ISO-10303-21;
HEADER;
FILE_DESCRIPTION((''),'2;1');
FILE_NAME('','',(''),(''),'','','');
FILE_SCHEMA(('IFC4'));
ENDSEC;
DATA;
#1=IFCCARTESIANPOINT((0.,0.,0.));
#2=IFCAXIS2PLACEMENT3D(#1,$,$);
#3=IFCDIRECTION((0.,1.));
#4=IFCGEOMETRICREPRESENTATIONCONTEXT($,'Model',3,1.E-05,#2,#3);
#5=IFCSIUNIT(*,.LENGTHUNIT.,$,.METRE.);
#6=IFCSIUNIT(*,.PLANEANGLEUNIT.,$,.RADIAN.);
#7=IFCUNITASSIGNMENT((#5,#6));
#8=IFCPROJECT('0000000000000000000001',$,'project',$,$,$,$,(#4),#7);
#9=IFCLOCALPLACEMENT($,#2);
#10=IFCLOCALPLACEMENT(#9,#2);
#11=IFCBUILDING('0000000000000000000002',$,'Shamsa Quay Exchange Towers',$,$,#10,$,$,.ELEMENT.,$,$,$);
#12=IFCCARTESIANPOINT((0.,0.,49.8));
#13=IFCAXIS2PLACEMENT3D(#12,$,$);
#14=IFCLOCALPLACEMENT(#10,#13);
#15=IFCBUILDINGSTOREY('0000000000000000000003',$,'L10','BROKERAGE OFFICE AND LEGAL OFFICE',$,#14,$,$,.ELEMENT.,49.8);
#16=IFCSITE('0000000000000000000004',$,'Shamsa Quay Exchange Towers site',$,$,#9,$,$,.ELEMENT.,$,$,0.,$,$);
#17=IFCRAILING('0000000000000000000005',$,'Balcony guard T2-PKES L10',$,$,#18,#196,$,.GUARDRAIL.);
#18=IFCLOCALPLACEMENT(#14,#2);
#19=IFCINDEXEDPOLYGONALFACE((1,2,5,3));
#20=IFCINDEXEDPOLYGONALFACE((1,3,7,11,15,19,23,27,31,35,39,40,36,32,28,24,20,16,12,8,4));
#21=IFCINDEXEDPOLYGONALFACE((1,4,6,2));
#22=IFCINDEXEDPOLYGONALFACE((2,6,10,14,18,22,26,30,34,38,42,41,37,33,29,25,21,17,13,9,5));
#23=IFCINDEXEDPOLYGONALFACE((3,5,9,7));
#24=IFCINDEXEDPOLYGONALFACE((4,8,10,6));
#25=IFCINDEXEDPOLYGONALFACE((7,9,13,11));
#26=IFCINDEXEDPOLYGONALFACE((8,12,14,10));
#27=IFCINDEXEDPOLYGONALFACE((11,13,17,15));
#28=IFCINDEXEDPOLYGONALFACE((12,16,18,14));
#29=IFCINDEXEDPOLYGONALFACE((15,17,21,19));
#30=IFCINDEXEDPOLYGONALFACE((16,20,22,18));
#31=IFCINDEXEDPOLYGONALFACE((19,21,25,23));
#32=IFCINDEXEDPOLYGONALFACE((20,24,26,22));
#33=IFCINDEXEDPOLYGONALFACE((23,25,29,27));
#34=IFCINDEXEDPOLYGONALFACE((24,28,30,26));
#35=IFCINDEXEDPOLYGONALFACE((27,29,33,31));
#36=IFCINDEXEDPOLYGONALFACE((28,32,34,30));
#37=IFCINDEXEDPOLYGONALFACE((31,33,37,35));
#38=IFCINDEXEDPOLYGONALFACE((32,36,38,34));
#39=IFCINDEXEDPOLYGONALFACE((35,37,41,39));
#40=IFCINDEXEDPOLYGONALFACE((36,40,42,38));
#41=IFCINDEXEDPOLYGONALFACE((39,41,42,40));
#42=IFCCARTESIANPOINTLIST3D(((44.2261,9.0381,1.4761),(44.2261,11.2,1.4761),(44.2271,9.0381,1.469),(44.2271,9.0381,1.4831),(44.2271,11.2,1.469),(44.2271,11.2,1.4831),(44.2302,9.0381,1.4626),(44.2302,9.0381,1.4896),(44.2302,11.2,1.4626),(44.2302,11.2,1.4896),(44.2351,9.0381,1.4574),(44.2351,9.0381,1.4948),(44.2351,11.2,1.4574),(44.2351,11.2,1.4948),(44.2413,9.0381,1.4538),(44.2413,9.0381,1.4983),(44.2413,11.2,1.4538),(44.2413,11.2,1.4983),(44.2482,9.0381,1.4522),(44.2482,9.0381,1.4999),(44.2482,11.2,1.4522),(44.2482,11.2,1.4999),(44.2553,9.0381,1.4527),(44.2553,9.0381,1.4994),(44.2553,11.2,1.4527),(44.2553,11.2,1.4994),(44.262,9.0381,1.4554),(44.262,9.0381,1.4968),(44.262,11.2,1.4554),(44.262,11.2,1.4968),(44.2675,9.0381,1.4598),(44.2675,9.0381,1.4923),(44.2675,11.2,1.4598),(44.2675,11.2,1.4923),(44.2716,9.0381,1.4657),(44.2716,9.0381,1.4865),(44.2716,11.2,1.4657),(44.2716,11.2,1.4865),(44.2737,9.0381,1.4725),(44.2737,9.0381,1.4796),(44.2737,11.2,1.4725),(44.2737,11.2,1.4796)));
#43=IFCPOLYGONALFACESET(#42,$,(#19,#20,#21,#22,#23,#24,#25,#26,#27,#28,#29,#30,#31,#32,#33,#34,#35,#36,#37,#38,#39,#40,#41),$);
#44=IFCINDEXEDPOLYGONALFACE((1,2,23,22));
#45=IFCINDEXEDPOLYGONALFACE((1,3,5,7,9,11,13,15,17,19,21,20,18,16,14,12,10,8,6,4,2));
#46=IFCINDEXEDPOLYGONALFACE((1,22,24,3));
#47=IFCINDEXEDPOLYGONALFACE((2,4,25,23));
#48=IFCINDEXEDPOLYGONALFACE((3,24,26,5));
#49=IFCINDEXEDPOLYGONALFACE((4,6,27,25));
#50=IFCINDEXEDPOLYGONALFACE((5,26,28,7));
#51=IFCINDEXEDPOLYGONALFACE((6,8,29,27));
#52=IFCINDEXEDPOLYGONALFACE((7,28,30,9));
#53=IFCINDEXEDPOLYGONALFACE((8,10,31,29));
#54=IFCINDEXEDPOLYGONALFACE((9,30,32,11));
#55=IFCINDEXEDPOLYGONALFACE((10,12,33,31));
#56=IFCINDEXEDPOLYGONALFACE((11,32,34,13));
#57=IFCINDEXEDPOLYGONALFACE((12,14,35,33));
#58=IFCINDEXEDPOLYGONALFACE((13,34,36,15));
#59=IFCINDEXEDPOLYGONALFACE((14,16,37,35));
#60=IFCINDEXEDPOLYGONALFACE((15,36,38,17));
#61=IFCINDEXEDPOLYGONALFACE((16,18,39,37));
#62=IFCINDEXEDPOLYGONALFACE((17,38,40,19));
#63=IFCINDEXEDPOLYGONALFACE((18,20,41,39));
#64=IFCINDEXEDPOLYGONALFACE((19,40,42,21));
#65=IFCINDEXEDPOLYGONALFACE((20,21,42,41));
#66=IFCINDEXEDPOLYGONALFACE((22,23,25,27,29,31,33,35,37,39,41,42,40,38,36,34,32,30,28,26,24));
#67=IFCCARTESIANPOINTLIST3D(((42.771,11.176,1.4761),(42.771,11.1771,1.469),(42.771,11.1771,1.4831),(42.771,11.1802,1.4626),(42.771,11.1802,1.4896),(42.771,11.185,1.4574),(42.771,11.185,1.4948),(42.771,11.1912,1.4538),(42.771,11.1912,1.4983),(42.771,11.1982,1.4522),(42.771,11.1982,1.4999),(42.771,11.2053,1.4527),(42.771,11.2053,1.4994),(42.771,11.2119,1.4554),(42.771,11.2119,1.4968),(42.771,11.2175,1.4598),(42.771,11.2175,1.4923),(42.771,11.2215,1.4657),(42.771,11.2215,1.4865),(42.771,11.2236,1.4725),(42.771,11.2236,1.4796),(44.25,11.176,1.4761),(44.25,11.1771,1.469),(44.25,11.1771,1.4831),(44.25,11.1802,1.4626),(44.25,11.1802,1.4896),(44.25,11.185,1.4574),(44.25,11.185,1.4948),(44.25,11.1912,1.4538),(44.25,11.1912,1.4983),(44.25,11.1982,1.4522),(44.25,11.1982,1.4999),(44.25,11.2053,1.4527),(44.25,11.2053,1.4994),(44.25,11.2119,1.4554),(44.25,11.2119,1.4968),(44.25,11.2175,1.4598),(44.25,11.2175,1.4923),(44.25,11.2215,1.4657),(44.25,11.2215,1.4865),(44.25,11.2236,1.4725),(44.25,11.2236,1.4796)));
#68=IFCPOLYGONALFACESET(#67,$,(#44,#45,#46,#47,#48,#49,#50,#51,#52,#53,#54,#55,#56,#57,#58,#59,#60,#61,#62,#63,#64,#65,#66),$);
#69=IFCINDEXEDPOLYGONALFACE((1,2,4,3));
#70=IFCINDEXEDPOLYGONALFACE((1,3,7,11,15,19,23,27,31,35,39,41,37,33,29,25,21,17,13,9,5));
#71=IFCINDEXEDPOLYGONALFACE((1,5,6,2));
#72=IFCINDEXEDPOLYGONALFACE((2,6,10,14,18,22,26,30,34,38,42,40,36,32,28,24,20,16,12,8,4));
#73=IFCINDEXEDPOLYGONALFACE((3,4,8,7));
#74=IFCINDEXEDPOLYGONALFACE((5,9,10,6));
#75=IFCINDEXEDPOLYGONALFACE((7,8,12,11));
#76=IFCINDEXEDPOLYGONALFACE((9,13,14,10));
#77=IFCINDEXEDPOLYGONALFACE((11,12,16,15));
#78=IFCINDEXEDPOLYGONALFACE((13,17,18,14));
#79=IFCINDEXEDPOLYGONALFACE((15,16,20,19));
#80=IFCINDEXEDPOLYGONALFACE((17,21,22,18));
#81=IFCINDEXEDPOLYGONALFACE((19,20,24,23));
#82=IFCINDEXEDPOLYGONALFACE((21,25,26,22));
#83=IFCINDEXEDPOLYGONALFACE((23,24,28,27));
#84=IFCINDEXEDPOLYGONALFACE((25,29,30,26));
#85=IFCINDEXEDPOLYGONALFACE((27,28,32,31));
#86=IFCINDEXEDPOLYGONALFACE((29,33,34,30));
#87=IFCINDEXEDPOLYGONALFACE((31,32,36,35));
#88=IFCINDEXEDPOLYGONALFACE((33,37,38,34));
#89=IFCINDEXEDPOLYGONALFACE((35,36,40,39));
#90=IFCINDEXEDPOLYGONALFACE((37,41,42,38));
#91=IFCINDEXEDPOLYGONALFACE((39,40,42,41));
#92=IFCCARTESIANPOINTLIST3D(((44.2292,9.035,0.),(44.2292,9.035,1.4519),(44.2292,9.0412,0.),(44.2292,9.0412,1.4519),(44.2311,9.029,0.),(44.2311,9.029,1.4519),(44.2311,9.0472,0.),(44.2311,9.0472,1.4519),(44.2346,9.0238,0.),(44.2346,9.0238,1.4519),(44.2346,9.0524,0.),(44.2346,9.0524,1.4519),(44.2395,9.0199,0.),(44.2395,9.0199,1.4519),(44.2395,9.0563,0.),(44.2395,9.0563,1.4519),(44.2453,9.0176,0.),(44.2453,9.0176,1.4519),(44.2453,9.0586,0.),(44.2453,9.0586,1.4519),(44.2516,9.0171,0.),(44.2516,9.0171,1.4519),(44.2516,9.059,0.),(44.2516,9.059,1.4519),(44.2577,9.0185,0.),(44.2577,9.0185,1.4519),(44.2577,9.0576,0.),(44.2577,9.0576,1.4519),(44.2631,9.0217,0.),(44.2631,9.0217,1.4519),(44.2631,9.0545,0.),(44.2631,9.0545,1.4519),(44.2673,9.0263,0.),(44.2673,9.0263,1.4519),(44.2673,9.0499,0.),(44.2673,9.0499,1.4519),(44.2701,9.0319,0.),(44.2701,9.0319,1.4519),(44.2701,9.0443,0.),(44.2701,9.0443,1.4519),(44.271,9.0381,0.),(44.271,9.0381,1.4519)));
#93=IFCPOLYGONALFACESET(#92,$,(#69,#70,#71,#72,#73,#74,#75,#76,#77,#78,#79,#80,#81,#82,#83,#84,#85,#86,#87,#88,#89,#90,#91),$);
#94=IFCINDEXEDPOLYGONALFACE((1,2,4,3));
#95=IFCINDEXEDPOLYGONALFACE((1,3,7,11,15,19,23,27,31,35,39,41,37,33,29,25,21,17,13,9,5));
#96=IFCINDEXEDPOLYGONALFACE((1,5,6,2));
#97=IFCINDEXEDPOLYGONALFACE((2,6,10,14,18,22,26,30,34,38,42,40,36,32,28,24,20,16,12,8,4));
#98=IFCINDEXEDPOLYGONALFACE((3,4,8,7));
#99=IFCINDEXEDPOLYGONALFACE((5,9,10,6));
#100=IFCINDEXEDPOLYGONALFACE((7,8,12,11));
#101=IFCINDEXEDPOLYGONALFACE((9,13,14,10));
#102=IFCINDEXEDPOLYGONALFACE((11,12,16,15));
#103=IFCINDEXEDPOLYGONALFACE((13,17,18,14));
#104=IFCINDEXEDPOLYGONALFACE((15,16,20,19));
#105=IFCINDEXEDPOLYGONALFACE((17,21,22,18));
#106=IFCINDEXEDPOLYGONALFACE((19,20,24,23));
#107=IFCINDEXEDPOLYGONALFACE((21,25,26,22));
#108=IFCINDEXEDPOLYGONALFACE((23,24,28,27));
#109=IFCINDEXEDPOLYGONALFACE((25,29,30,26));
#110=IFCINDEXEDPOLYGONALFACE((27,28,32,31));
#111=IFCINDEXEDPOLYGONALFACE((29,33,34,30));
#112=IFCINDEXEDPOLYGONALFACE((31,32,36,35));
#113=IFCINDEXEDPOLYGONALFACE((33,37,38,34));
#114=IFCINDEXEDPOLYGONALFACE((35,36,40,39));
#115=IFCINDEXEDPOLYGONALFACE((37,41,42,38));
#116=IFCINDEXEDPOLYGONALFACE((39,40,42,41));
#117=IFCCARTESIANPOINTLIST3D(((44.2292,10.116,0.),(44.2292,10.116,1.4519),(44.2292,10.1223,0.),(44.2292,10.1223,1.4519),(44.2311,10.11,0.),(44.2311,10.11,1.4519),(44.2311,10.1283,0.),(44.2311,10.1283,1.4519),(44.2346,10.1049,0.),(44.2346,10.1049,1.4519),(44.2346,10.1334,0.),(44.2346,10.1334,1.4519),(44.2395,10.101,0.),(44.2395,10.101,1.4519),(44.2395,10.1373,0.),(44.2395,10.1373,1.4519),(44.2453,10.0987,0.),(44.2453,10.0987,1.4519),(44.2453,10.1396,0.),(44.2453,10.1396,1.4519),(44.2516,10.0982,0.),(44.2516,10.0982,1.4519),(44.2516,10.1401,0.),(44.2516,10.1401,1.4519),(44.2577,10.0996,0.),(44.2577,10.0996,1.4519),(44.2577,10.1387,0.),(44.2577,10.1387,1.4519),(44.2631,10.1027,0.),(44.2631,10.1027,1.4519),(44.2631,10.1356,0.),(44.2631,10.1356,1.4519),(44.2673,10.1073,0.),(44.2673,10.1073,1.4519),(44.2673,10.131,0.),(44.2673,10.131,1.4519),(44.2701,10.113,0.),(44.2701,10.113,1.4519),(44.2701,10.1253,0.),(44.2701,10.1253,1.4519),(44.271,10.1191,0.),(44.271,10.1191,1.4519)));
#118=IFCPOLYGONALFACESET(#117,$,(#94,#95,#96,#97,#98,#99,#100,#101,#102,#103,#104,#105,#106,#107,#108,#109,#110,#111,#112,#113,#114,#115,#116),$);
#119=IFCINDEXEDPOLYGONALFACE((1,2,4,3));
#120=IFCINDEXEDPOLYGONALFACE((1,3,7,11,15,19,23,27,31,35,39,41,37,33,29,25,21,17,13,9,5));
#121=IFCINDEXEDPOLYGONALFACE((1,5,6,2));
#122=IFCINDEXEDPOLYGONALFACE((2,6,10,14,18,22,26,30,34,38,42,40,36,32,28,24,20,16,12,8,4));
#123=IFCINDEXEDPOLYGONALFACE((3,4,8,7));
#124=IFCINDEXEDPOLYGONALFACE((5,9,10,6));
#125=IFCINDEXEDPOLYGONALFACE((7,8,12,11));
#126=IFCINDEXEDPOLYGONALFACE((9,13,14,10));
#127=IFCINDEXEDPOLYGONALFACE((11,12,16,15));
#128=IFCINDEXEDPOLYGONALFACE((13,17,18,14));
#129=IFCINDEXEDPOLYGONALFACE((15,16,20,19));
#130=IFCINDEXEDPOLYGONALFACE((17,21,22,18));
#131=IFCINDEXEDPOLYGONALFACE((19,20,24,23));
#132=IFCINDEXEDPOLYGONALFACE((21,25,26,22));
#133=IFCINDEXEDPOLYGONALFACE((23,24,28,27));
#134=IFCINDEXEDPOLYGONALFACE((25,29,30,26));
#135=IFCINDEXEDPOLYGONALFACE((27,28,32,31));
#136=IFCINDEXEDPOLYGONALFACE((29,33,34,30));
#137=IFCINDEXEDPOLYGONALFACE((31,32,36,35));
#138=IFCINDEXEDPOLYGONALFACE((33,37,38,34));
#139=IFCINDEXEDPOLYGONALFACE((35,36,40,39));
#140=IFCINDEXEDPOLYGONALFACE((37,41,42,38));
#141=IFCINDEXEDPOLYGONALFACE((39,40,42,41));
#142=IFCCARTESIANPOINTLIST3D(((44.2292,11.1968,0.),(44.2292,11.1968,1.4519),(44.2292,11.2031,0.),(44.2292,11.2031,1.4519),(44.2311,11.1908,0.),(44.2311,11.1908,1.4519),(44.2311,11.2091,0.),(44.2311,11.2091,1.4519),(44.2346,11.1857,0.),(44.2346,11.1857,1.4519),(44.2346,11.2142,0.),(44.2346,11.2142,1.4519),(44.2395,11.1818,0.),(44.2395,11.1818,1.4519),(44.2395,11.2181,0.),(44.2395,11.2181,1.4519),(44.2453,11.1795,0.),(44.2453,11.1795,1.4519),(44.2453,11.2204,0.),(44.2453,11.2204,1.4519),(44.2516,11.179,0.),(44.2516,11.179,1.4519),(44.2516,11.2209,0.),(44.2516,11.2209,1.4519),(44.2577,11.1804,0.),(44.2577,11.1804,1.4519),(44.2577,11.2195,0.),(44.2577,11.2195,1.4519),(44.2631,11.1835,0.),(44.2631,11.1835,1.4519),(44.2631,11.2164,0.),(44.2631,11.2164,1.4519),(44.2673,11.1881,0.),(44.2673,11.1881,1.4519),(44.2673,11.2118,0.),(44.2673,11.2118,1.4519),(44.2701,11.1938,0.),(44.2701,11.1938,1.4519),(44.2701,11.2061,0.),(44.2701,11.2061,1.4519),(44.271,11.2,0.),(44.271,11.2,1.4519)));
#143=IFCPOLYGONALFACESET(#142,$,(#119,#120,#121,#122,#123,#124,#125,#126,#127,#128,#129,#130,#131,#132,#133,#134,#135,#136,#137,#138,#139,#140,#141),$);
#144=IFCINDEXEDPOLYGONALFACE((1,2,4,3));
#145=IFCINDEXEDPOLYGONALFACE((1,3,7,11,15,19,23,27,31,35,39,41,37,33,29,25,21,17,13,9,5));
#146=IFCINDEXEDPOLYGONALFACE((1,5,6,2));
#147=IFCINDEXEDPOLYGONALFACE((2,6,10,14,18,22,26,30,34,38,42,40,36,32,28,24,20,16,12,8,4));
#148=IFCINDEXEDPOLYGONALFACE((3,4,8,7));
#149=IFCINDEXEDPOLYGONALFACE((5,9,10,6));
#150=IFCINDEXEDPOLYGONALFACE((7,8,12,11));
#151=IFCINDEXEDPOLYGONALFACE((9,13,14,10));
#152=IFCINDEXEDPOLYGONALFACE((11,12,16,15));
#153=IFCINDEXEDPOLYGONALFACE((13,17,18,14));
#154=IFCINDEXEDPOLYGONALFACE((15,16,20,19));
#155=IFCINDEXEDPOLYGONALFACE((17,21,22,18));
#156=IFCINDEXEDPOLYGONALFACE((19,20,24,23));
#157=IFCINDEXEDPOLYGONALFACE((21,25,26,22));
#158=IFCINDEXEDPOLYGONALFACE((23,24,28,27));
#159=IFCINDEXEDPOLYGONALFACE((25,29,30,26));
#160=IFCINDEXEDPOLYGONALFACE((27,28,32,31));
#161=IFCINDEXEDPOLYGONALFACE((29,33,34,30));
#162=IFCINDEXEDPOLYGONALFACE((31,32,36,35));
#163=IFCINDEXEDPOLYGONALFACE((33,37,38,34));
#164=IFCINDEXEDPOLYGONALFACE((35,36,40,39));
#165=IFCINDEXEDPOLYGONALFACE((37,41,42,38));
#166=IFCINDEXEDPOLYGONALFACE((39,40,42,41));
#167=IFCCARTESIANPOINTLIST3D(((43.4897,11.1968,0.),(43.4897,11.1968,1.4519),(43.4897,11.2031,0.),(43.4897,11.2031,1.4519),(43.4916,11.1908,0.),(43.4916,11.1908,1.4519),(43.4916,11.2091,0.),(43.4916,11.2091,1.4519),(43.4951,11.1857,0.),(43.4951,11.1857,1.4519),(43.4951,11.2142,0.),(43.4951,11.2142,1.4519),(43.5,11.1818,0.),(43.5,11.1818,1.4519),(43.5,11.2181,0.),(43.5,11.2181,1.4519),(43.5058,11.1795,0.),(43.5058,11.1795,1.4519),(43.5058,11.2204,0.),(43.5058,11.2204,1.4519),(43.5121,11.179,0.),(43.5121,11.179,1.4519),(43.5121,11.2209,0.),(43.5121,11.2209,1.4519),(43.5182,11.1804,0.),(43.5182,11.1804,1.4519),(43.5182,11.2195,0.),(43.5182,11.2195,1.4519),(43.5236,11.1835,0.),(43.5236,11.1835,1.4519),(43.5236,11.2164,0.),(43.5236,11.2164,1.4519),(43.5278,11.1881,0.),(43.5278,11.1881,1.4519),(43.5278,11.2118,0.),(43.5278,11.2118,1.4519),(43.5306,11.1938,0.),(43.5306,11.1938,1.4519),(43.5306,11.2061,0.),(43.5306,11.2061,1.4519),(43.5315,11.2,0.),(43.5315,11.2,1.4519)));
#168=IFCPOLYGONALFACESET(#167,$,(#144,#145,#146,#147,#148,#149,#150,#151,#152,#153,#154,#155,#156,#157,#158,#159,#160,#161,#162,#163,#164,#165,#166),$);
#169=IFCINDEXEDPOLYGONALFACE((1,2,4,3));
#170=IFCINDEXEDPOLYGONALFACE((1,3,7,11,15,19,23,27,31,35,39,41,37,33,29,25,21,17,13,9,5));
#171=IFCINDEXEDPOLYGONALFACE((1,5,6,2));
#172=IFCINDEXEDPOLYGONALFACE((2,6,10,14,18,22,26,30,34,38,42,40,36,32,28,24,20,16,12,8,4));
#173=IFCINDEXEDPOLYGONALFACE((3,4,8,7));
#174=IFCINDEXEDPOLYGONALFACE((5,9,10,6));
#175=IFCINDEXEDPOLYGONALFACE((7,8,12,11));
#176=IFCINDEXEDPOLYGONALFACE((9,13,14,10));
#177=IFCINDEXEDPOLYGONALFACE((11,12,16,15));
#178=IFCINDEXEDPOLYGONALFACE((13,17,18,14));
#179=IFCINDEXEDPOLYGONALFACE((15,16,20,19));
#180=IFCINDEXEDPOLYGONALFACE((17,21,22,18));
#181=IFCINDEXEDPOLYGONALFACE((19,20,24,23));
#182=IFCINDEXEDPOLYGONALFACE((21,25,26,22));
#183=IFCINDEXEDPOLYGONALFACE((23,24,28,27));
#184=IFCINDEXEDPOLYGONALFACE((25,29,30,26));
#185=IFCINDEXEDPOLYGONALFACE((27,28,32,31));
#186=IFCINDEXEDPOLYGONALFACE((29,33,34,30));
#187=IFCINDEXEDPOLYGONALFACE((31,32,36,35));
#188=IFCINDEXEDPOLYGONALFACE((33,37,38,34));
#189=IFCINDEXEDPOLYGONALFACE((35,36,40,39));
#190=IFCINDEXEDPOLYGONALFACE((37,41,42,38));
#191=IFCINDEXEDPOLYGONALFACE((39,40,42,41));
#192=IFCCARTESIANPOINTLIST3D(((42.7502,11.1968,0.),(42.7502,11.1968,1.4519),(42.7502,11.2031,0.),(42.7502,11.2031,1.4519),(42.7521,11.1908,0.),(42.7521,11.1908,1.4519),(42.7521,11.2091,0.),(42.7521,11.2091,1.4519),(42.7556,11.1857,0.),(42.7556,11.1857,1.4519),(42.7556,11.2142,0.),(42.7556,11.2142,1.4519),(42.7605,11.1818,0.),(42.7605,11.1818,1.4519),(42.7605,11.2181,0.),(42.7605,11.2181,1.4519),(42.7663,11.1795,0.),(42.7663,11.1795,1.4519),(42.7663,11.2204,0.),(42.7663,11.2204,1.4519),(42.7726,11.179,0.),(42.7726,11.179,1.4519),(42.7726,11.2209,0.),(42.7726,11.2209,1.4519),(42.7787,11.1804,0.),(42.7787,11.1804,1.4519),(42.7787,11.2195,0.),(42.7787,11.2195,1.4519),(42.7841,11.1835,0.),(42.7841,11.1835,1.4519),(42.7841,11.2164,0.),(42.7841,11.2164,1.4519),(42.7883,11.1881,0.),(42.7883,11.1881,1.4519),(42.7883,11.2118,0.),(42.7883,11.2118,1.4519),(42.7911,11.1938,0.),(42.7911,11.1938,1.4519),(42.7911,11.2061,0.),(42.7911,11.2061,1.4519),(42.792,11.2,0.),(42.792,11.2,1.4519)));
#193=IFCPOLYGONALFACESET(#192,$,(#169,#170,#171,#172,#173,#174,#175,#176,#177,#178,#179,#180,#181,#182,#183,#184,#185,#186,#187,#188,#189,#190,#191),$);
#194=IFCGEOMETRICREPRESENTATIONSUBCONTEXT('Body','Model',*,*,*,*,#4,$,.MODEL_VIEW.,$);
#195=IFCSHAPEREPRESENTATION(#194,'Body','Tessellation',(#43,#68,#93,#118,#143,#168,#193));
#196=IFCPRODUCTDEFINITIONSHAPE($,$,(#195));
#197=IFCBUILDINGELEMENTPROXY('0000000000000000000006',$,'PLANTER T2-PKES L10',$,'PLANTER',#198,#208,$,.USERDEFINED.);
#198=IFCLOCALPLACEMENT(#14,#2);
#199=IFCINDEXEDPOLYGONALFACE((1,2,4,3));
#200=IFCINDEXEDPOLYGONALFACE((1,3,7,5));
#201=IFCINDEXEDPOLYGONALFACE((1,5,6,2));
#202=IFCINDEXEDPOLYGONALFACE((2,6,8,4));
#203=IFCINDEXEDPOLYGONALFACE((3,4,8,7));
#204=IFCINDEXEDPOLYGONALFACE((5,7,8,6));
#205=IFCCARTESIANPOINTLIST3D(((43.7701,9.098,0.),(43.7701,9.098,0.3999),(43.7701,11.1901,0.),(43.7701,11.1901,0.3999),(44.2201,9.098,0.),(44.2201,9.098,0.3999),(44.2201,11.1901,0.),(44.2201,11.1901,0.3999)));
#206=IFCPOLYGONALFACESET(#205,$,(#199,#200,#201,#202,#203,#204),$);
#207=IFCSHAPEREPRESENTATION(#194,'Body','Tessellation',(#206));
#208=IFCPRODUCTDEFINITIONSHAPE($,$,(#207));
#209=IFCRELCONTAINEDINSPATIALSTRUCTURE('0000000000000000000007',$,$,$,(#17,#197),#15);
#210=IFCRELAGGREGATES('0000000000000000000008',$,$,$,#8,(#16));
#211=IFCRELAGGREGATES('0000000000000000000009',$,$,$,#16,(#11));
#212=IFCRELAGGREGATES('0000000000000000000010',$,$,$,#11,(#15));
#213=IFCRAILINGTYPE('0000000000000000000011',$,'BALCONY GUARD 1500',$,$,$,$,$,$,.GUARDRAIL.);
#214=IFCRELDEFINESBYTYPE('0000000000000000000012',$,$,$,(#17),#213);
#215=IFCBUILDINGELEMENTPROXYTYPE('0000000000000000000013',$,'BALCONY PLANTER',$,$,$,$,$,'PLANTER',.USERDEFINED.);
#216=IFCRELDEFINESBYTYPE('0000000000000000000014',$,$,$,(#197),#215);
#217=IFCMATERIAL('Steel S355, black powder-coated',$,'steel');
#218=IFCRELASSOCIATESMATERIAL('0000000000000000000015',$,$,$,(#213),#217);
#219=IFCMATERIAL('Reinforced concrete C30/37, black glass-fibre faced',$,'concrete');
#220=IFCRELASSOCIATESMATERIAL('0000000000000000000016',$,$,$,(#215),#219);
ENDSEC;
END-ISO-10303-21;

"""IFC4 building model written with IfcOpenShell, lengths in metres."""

from ifc_helpers import new_model, si_unit, direction, frame, origin, origin_2d, place, context, subcontext, project, spatial, rectangle, circle, extrude, material, type_object, element, save


model = new_model("IFC4")

# Units and contexts
model_context = context("Model", 3, precision=1e-05, world=origin(), true_north=direction((0.0, 1.0)))
body_context = subcontext(model_context, "Body", "Model", "MODEL_VIEW")
ifc_project = project(units=[si_unit("LENGTHUNIT", "METRE"), si_unit("PLANEANGLEUNIT", "RADIAN")], contexts=[model_context])

# Site, building, storey
site_placement = place(None, origin())
site = spatial("IfcSite", under=ifc_project, at=site_placement, Name="Shamsa Quay Exchange Towers site", CompositionType="ELEMENT", RefElevation=0.0)
building_placement = place(site_placement, origin())
building = spatial("IfcBuilding", under=site, at=building_placement, Name="Shamsa Quay Exchange Towers", CompositionType="ELEMENT")
storey_placement = place(building_placement, frame((0.0, 0.0, 49.8)))
storey = spatial("IfcBuildingStorey", under=building, at=storey_placement, Name="L10", Description="BROKERAGE OFFICE AND LEGAL OFFICE", CompositionType="ELEMENT", Elevation=49.8)

# Railing
ifc_material_1 = material(Name="Steel S355, black powder-coated", Category="steel")
railing_type = type_object("IfcRailingType", Name="BALCONY GUARD 1500", PredefinedType="GUARDRAIL", material=ifc_material_1)
railing_placement = place(storey_placement, frame((44.25, 9.0381, 0.0)))
element("IfcRailing", 1, at=railing_placement, inside=storey, type_object=railing_type, Name="Balcony guard T2-PKES L10", PredefinedType="GUARDRAIL", context=body_context, shape_type="SweptSolid", body=[
    extrude(circle(Radius=0.0239, at=origin_2d()), frame((0.0, 0.0, 1.4761), z_axis=(0.0, 1.0, 0.0), x_axis=(-1.0, 0.0, 0.0)), (0.0, 0.0, 1.0), 2.1619),
    extrude(circle(Radius=0.0239, at=origin_2d()), frame((0.0, 2.1619, 1.4761), z_axis=(-1.0, 0.0, 0.0), x_axis=(0.0, -1.0, 0.0)), (0.0, 0.0, 1.0), 1.479),
    extrude(circle(Radius=0.021, at=origin_2d()), origin(), (0.0, 0.0, 1.0), 1.4519),
    extrude(circle(Radius=0.021, at=origin_2d()), frame((0.0, 1.0811, 0.0)), (0.0, 0.0, 1.0), 1.4519),
    extrude(circle(Radius=0.021, at=origin_2d()), frame((0.0, 2.1619, 0.0)), (0.0, 0.0, 1.0), 1.4519),
    extrude(circle(Radius=0.021, at=origin_2d()), frame((-0.7395, 2.1619, 0.0)), (0.0, 0.0, 1.0), 1.4519),
    extrude(circle(Radius=0.021, at=origin_2d()), frame((-1.479, 2.1619, 0.0)), (0.0, 0.0, 1.0), 1.4519),
])

# Building element proxy
ifc_material_2 = material(Name="Reinforced concrete C30/37, black glass-fibre faced", Category="concrete")
building_element_proxy_type = type_object("IfcBuildingElementProxyType", Name="BALCONY PLANTER", ElementType="PLANTER", PredefinedType="USERDEFINED", material=ifc_material_2)
proxy_placement = place(storey_placement, frame((43.9951, 10.144, 0.0), z_axis=(0.0, 0.0, 1.0), x_axis=(0.0, 1.0, 0.0)))
element("IfcBuildingElementProxy", 2, at=proxy_placement, inside=storey, type_object=building_element_proxy_type, Name="PLANTER T2-PKES L10", ObjectType="PLANTER", PredefinedType="USERDEFINED", context=body_context, shape_type="SweptSolid", body=[
    extrude(rectangle(XDim=2.092, YDim=0.45, at=origin_2d()), origin(), (0.0, 0.0, 1.0), 0.3999),
])

save(model, "model.ifc")
